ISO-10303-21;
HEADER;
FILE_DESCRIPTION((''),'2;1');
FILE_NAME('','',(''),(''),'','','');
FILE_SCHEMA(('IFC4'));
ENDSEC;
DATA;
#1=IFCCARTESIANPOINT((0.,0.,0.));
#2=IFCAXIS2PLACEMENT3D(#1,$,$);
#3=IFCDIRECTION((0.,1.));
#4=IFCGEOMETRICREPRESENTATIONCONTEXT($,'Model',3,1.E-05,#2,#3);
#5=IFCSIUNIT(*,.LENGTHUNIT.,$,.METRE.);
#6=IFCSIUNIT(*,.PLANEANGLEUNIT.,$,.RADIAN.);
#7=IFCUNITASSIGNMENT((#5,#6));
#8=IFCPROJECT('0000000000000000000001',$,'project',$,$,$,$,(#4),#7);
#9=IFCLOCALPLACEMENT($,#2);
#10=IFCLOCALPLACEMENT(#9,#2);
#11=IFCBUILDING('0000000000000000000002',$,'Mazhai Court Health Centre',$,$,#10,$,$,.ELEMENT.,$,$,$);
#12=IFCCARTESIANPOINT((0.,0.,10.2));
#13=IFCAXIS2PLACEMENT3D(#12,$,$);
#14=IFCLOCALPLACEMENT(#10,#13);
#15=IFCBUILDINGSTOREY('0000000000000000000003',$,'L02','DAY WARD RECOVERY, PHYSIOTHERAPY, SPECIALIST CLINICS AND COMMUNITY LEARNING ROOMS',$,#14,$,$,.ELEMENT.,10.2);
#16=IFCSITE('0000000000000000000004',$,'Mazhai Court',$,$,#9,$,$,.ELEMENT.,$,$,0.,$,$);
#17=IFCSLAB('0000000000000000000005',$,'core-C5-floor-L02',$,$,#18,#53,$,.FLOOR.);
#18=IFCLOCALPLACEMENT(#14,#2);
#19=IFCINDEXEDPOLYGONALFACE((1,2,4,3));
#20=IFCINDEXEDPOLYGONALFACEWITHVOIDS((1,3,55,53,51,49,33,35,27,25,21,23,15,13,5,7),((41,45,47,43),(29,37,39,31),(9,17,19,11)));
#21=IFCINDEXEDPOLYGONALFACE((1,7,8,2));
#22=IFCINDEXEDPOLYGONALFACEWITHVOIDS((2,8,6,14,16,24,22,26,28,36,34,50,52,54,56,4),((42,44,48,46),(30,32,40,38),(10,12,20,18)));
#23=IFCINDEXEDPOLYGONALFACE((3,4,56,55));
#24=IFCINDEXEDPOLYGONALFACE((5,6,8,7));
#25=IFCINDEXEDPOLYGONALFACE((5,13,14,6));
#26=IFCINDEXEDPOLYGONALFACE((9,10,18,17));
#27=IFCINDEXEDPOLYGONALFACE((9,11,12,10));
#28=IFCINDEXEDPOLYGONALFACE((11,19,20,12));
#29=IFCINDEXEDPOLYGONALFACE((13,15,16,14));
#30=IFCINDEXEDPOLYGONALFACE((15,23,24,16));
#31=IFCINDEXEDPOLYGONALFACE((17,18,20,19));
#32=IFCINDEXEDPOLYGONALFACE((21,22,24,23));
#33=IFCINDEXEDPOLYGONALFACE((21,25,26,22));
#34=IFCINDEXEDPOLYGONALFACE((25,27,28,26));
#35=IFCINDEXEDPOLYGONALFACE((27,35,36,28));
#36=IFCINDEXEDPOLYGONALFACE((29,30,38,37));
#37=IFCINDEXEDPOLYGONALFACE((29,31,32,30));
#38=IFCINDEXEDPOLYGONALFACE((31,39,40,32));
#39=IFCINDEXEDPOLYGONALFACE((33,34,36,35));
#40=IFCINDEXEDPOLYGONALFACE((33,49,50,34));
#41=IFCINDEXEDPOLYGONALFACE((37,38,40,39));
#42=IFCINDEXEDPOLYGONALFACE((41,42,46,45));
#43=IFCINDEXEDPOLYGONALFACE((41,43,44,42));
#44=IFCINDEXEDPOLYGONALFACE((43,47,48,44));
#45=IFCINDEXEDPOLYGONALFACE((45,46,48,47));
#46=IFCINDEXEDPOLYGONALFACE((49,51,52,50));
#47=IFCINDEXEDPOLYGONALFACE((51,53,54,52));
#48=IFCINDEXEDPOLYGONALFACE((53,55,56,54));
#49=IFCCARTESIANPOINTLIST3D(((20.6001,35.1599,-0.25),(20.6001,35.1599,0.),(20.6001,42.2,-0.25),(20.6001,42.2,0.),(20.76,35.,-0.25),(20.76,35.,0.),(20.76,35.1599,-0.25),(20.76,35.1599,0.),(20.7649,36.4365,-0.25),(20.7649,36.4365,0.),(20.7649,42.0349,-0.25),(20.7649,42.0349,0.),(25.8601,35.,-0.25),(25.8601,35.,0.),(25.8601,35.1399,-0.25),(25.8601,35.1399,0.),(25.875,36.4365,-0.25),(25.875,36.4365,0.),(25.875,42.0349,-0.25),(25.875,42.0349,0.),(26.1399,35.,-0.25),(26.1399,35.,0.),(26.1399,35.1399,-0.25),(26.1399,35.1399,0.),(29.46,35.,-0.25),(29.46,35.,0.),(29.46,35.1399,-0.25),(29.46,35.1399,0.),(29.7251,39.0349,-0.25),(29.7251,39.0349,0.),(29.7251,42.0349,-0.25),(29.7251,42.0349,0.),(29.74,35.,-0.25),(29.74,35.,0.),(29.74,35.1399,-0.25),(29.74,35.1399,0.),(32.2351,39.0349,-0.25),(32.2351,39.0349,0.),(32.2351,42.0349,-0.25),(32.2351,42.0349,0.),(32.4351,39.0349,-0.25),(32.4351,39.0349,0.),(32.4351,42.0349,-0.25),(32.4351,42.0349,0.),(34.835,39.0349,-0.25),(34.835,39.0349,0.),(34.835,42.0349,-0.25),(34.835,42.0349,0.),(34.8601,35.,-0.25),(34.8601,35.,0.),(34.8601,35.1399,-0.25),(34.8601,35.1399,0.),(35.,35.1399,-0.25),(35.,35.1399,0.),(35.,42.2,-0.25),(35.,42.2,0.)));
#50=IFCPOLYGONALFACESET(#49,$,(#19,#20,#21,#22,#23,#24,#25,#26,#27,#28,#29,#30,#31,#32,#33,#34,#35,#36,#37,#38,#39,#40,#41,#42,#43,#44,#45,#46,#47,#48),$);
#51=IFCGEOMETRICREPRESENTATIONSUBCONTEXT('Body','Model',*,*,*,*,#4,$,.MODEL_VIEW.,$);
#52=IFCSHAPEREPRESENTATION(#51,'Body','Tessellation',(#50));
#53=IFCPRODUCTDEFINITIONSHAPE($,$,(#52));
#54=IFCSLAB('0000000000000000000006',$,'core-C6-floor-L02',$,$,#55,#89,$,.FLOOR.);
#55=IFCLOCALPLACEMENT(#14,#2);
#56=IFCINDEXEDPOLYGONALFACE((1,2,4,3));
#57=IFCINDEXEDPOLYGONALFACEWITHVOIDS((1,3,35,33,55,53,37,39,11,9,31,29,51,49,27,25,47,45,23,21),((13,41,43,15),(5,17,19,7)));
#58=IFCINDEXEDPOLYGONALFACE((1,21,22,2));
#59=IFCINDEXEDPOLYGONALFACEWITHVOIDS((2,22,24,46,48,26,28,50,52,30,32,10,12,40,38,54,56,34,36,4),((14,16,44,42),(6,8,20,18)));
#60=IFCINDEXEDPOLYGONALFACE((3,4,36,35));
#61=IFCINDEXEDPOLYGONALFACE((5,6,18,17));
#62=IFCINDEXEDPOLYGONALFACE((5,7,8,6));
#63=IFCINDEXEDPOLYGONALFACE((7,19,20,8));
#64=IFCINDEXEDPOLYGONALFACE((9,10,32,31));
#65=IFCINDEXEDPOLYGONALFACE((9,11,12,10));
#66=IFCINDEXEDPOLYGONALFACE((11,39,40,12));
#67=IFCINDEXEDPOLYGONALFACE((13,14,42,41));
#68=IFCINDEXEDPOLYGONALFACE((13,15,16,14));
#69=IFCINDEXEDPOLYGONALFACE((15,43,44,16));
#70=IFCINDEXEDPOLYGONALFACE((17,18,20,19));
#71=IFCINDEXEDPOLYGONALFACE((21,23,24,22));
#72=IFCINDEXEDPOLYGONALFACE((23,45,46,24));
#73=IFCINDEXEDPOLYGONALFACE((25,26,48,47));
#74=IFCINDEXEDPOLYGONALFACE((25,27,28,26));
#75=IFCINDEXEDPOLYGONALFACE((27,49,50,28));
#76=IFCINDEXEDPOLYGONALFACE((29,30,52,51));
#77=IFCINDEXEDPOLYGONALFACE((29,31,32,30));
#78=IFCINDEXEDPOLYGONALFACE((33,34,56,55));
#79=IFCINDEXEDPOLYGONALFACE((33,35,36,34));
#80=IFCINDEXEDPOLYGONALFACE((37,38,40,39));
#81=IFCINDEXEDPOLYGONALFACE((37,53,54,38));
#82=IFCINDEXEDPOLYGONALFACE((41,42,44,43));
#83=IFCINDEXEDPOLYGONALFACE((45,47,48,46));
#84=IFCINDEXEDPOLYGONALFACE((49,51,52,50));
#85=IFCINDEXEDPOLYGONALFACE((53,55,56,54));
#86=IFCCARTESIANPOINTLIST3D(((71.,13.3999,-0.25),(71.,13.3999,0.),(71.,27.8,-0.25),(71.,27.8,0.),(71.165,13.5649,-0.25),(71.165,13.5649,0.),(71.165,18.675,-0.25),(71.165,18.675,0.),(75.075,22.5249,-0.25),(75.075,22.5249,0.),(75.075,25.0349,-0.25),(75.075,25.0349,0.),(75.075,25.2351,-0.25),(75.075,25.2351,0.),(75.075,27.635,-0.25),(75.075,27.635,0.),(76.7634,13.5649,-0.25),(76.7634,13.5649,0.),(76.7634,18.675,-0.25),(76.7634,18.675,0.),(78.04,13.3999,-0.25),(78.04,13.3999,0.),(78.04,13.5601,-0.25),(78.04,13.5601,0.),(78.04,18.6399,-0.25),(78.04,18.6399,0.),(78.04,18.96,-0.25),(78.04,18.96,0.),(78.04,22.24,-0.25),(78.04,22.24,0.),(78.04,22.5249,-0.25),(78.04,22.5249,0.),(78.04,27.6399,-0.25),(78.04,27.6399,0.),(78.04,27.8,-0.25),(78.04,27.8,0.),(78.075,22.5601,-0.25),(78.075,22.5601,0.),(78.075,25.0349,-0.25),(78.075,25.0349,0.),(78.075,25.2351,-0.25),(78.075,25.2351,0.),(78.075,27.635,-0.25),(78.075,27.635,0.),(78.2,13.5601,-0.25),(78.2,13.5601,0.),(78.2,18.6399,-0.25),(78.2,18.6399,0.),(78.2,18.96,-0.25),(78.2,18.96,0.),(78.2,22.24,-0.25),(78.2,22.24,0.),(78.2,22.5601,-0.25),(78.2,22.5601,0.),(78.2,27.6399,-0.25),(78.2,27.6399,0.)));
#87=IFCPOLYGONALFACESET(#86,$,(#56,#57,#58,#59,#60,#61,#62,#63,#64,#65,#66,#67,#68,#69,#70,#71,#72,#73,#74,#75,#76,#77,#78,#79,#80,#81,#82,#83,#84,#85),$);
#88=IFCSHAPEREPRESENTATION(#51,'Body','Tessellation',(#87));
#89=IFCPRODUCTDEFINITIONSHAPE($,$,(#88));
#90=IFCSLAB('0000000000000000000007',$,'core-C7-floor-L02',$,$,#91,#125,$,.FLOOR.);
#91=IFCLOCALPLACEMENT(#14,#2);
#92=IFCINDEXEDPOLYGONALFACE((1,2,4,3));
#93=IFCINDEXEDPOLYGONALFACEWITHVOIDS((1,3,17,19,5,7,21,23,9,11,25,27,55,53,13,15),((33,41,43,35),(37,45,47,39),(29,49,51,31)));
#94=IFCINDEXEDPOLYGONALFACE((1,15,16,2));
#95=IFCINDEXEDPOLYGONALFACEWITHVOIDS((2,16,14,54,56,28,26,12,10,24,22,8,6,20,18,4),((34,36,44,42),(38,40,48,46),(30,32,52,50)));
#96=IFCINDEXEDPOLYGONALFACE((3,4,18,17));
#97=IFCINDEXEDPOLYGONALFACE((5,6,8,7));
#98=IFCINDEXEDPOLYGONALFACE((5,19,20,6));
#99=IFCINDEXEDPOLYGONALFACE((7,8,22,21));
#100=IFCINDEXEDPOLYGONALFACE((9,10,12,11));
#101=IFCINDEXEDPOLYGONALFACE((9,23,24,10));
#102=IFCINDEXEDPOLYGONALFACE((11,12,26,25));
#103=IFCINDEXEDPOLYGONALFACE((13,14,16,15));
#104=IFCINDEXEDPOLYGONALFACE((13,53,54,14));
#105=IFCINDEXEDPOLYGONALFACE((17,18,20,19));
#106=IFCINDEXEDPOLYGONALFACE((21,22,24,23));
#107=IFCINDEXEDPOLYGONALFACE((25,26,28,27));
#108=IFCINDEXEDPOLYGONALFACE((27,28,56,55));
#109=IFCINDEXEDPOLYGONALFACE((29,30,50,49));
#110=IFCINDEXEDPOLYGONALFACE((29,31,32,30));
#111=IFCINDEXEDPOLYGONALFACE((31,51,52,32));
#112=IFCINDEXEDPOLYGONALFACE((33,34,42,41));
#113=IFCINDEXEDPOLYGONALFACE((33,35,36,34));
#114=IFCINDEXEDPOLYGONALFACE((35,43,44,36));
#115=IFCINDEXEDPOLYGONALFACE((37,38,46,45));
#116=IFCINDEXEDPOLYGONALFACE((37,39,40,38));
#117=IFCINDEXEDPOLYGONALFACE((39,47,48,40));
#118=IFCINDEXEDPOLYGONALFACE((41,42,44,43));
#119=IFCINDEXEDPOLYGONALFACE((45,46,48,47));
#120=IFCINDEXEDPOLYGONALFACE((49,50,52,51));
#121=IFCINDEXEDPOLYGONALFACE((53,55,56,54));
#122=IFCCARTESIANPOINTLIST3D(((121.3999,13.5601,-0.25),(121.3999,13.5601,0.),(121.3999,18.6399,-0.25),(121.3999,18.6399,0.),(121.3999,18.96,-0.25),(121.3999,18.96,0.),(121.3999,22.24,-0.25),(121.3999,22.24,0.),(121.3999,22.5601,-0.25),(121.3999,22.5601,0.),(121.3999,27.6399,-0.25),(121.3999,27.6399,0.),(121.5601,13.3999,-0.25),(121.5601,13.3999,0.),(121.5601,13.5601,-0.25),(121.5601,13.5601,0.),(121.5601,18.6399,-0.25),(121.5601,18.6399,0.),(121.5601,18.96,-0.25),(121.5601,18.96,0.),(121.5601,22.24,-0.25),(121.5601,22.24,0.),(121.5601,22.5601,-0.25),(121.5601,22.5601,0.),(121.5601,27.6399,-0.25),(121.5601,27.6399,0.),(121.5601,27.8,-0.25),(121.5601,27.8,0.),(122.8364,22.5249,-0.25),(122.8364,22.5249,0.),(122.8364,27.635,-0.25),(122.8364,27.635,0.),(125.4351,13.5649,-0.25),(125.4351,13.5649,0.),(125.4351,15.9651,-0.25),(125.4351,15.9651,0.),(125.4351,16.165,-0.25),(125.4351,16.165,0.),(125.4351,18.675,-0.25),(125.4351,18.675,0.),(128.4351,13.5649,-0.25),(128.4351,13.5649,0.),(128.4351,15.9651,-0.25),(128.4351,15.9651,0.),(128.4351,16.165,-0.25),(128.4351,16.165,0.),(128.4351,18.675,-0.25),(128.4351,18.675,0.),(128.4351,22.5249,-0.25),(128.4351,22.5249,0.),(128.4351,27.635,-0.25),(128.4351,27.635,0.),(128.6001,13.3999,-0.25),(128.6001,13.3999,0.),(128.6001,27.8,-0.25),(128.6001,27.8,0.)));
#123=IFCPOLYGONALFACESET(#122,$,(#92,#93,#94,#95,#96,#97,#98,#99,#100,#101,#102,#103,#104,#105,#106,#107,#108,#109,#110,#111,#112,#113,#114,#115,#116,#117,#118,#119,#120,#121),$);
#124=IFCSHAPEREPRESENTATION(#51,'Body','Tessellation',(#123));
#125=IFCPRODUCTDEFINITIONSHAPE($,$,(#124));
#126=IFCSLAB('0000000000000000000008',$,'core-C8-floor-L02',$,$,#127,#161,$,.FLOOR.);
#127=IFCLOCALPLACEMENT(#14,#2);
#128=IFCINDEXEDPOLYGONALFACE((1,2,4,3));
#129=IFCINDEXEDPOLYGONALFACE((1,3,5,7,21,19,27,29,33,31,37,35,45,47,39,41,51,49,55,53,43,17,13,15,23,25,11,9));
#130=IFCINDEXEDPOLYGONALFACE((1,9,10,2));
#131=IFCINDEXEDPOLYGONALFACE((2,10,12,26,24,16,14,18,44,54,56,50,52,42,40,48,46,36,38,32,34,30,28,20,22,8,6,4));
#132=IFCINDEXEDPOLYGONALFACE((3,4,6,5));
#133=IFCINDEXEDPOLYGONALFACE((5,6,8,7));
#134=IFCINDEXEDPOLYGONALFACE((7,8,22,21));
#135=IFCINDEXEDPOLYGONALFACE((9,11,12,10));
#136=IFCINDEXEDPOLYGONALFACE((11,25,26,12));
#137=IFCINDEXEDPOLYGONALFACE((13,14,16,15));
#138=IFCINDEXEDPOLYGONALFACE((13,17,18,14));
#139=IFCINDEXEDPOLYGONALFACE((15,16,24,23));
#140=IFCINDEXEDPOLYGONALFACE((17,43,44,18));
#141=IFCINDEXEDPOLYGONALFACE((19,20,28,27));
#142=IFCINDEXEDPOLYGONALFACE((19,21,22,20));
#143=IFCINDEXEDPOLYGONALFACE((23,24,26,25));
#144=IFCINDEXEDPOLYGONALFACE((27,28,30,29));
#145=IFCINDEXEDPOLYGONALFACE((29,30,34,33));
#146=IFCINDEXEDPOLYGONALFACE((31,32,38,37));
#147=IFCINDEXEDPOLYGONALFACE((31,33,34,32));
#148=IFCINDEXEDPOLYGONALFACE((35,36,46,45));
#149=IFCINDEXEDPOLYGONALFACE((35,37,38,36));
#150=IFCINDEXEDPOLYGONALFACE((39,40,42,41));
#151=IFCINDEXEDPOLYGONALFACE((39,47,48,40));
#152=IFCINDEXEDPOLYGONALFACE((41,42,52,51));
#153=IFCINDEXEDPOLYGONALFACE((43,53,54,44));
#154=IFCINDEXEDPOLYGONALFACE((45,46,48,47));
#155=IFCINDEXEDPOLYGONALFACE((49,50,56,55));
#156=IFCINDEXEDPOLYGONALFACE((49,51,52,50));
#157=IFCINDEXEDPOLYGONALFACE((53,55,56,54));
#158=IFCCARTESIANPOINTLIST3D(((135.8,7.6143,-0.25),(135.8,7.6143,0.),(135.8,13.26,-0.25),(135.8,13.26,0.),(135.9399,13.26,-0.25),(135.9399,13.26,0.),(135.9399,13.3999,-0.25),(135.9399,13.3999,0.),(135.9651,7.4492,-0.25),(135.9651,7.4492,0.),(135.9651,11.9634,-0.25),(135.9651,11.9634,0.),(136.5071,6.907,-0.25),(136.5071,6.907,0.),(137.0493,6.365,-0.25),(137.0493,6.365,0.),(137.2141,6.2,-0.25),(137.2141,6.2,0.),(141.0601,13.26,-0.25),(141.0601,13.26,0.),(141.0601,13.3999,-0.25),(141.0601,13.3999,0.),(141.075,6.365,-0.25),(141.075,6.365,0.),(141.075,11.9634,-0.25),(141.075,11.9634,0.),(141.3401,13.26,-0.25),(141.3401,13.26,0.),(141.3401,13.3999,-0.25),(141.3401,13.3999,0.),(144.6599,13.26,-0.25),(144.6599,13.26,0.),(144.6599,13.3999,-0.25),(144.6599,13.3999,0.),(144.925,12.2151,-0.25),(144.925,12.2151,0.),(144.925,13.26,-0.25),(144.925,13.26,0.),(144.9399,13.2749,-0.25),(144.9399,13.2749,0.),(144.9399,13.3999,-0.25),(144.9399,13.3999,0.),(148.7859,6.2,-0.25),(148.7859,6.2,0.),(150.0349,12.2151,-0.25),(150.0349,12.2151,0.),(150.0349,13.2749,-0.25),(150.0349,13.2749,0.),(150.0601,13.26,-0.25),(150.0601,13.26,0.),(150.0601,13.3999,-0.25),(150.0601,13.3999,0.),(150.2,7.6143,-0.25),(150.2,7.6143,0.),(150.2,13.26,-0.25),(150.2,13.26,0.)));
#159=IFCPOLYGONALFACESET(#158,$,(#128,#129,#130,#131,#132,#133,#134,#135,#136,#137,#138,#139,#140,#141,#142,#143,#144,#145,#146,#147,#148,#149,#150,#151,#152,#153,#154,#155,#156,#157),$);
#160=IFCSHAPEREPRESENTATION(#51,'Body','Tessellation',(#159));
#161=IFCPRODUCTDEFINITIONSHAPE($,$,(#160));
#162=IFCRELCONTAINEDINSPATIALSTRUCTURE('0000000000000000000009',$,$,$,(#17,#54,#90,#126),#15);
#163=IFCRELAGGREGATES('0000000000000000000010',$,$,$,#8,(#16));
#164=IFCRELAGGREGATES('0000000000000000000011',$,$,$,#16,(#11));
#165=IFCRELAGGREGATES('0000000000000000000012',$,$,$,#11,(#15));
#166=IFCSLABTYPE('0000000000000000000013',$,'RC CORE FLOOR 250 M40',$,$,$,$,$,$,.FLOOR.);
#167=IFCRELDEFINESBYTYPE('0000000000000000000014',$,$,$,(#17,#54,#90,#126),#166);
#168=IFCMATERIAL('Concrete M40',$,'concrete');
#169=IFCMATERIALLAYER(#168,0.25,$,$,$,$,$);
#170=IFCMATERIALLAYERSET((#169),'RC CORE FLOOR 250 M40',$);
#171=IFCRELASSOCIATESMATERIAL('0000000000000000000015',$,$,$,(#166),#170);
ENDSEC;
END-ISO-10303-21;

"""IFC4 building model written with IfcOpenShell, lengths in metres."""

from ifc_helpers import new_model, si_unit, direction, frame, origin, place, context, subcontext, project, spatial, polyline, outline, extrude, material, layer, layer_set, type_object, element, save


model = new_model("IFC4")

# Units and contexts
model_context = context("Model", 3, precision=1e-05, world=origin(), true_north=direction((0.0, 1.0)))
body_context = subcontext(model_context, "Body", "Model", "MODEL_VIEW")
ifc_project = project(units=[si_unit("LENGTHUNIT", "METRE"), si_unit("PLANEANGLEUNIT", "RADIAN")], contexts=[model_context])

# Site, building, storey
site_placement = place(None, origin())
site = spatial("IfcSite", under=ifc_project, at=site_placement, Name="Mazhai Court", CompositionType="ELEMENT", RefElevation=0.0)
building_placement = place(site_placement, origin())
building = spatial("IfcBuilding", under=site, at=building_placement, Name="Mazhai Court Health Centre", CompositionType="ELEMENT")
storey_placement = place(building_placement, frame((0.0, 0.0, 10.2)))
storey = spatial("IfcBuildingStorey", under=building, at=storey_placement, Name="L02", Description="DAY WARD RECOVERY, PHYSIOTHERAPY, SPECIALIST CLINICS AND COMMUNITY LEARNING ROOMS", CompositionType="ELEMENT", Elevation=10.2)

# Slabs
ifc_material_1 = material(Name="Concrete M40", Category="concrete")
ifc_layer_1 = layer(ifc_material_1, 0.25)
ifc_layer_set_1 = layer_set([ifc_layer_1], Name="RC CORE FLOOR 250 M40")
slab_type_1 = type_object("IfcSlabType", Name="RC CORE FLOOR 250 M40", PredefinedType="FLOOR", material=ifc_layer_set_1)
slab_1_placement = place(storey_placement, frame((0.0, 0.0, -0.25)))
element("IfcSlab", 1, at=slab_1_placement, inside=storey, type_object=slab_type_1, Name="core-C5-floor-L02", PredefinedType="FLOOR", context=body_context, shape_type="SweptSolid", body=[
    extrude(outline(polyline([(35.0, 42.2), (35.0, 35.1399), (34.8601, 35.1399), (34.8601, 35.0), (29.74, 35.0), (29.74, 35.1399), (29.46, 35.1399), (29.46, 35.0), (26.1399, 35.0), (26.1399, 35.1399), (25.8601, 35.1399), (25.8601, 35.0), (20.76, 35.0), (20.76, 35.1599), (20.6001, 35.1599), (20.6001, 42.2), (35.0, 42.2)]), holes=[polyline([(20.7649, 36.4365), (25.875, 36.4365), (25.875, 42.0349), (20.7649, 42.0349), (20.7649, 36.4365)]), polyline([(32.2351, 42.0349), (29.7251, 42.0349), (29.7251, 39.0349), (32.2351, 39.0349), (32.2351, 42.0349)]), polyline([(34.835, 42.0349), (32.4351, 42.0349), (32.4351, 39.0349), (34.835, 39.0349), (34.835, 42.0349)])]), origin(), (0.0, 0.0, 1.0), 0.25),
])
slab_2_placement = place(storey_placement, frame((0.0, 0.0, -0.25)))
element("IfcSlab", 2, at=slab_2_placement, inside=storey, type_object=slab_type_1, Name="core-C6-floor-L02", PredefinedType="FLOOR", context=body_context, shape_type="SweptSolid", body=[
    extrude(outline(polyline([(78.04, 22.24), (78.2, 22.24), (78.2, 18.96), (78.04, 18.96), (78.04, 18.6399), (78.2, 18.6399), (78.2, 13.5601), (78.04, 13.5601), (78.04, 13.3999), (71.0, 13.3999), (71.0, 27.8), (78.04, 27.8), (78.04, 27.6399), (78.2, 27.6399), (78.2, 22.5601), (78.075, 22.5601), (78.075, 25.0349), (75.075, 25.0349), (75.075, 22.5249), (78.04, 22.5249), (78.04, 22.24)]), holes=[polyline([(76.7634, 13.5649), (76.7634, 18.675), (71.165, 18.675), (71.165, 13.5649), (76.7634, 13.5649)]), polyline([(78.075, 27.635), (75.075, 27.635), (75.075, 25.2351), (78.075, 25.2351), (78.075, 27.635)])]), origin(), (0.0, 0.0, 1.0), 0.25),
])
slab_3_placement = place(storey_placement, frame((0.0, 0.0, -0.25)))
element("IfcSlab", 3, at=slab_3_placement, inside=storey, type_object=slab_type_1, Name="core-C7-floor-L02", PredefinedType="FLOOR", context=body_context, shape_type="SweptSolid", body=[
    extrude(outline(polyline([(121.5601, 13.3999), (121.5601, 13.5601), (121.3999, 13.5601), (121.3999, 18.6399), (121.5601, 18.6399), (121.5601, 18.96), (121.3999, 18.96), (121.3999, 22.24), (121.5601, 22.24), (121.5601, 22.5601), (121.3999, 22.5601), (121.3999, 27.6399), (121.5601, 27.6399), (121.5601, 27.8), (128.6001, 27.8), (128.6001, 13.3999), (121.5601, 13.3999)]), holes=[polyline([(125.4351, 15.9651), (125.4351, 13.5649), (128.4351, 13.5649), (128.4351, 15.9651), (125.4351, 15.9651)]), polyline([(128.4351, 18.675), (125.4351, 18.675), (125.4351, 16.165), (128.4351, 16.165), (128.4351, 18.675)]), polyline([(128.4351, 27.635), (122.8364, 27.635), (122.8364, 22.5249), (128.4351, 22.5249), (128.4351, 27.635)])]), origin(), (0.0, 0.0, 1.0), 0.25),
])
slab_4_placement = place(storey_placement, frame((0.0, 0.0, -0.25)))
element("IfcSlab", 4, at=slab_4_placement, inside=storey, type_object=slab_type_1, Name="core-C8-floor-L02", PredefinedType="FLOOR", context=body_context, shape_type="SweptSolid", body=[
    extrude(outline(polyline([(141.0601, 13.3999), (141.0601, 13.26), (141.3401, 13.26), (141.3401, 13.3999), (144.6599, 13.3999), (144.6599, 13.26), (144.925, 13.26), (144.925, 12.2151), (150.0349, 12.2151), (150.0349, 13.2749), (144.9399, 13.2749), (144.9399, 13.3999), (150.0601, 13.3999), (150.0601, 13.26), (150.2, 13.26), (150.2, 7.6143), (148.7859, 6.2), (137.2141, 6.2), (136.5071, 6.907), (137.0493, 6.365), (141.075, 6.365), (141.075, 11.9634), (135.9651, 11.9634), (135.9651, 7.4492), (135.8, 7.6143), (135.8, 13.26), (135.9399, 13.26), (135.9399, 13.3999), (141.0601, 13.3999)])), origin(), (0.0, 0.0, 1.0), 0.25),
])

save(model, "model.ifc")
